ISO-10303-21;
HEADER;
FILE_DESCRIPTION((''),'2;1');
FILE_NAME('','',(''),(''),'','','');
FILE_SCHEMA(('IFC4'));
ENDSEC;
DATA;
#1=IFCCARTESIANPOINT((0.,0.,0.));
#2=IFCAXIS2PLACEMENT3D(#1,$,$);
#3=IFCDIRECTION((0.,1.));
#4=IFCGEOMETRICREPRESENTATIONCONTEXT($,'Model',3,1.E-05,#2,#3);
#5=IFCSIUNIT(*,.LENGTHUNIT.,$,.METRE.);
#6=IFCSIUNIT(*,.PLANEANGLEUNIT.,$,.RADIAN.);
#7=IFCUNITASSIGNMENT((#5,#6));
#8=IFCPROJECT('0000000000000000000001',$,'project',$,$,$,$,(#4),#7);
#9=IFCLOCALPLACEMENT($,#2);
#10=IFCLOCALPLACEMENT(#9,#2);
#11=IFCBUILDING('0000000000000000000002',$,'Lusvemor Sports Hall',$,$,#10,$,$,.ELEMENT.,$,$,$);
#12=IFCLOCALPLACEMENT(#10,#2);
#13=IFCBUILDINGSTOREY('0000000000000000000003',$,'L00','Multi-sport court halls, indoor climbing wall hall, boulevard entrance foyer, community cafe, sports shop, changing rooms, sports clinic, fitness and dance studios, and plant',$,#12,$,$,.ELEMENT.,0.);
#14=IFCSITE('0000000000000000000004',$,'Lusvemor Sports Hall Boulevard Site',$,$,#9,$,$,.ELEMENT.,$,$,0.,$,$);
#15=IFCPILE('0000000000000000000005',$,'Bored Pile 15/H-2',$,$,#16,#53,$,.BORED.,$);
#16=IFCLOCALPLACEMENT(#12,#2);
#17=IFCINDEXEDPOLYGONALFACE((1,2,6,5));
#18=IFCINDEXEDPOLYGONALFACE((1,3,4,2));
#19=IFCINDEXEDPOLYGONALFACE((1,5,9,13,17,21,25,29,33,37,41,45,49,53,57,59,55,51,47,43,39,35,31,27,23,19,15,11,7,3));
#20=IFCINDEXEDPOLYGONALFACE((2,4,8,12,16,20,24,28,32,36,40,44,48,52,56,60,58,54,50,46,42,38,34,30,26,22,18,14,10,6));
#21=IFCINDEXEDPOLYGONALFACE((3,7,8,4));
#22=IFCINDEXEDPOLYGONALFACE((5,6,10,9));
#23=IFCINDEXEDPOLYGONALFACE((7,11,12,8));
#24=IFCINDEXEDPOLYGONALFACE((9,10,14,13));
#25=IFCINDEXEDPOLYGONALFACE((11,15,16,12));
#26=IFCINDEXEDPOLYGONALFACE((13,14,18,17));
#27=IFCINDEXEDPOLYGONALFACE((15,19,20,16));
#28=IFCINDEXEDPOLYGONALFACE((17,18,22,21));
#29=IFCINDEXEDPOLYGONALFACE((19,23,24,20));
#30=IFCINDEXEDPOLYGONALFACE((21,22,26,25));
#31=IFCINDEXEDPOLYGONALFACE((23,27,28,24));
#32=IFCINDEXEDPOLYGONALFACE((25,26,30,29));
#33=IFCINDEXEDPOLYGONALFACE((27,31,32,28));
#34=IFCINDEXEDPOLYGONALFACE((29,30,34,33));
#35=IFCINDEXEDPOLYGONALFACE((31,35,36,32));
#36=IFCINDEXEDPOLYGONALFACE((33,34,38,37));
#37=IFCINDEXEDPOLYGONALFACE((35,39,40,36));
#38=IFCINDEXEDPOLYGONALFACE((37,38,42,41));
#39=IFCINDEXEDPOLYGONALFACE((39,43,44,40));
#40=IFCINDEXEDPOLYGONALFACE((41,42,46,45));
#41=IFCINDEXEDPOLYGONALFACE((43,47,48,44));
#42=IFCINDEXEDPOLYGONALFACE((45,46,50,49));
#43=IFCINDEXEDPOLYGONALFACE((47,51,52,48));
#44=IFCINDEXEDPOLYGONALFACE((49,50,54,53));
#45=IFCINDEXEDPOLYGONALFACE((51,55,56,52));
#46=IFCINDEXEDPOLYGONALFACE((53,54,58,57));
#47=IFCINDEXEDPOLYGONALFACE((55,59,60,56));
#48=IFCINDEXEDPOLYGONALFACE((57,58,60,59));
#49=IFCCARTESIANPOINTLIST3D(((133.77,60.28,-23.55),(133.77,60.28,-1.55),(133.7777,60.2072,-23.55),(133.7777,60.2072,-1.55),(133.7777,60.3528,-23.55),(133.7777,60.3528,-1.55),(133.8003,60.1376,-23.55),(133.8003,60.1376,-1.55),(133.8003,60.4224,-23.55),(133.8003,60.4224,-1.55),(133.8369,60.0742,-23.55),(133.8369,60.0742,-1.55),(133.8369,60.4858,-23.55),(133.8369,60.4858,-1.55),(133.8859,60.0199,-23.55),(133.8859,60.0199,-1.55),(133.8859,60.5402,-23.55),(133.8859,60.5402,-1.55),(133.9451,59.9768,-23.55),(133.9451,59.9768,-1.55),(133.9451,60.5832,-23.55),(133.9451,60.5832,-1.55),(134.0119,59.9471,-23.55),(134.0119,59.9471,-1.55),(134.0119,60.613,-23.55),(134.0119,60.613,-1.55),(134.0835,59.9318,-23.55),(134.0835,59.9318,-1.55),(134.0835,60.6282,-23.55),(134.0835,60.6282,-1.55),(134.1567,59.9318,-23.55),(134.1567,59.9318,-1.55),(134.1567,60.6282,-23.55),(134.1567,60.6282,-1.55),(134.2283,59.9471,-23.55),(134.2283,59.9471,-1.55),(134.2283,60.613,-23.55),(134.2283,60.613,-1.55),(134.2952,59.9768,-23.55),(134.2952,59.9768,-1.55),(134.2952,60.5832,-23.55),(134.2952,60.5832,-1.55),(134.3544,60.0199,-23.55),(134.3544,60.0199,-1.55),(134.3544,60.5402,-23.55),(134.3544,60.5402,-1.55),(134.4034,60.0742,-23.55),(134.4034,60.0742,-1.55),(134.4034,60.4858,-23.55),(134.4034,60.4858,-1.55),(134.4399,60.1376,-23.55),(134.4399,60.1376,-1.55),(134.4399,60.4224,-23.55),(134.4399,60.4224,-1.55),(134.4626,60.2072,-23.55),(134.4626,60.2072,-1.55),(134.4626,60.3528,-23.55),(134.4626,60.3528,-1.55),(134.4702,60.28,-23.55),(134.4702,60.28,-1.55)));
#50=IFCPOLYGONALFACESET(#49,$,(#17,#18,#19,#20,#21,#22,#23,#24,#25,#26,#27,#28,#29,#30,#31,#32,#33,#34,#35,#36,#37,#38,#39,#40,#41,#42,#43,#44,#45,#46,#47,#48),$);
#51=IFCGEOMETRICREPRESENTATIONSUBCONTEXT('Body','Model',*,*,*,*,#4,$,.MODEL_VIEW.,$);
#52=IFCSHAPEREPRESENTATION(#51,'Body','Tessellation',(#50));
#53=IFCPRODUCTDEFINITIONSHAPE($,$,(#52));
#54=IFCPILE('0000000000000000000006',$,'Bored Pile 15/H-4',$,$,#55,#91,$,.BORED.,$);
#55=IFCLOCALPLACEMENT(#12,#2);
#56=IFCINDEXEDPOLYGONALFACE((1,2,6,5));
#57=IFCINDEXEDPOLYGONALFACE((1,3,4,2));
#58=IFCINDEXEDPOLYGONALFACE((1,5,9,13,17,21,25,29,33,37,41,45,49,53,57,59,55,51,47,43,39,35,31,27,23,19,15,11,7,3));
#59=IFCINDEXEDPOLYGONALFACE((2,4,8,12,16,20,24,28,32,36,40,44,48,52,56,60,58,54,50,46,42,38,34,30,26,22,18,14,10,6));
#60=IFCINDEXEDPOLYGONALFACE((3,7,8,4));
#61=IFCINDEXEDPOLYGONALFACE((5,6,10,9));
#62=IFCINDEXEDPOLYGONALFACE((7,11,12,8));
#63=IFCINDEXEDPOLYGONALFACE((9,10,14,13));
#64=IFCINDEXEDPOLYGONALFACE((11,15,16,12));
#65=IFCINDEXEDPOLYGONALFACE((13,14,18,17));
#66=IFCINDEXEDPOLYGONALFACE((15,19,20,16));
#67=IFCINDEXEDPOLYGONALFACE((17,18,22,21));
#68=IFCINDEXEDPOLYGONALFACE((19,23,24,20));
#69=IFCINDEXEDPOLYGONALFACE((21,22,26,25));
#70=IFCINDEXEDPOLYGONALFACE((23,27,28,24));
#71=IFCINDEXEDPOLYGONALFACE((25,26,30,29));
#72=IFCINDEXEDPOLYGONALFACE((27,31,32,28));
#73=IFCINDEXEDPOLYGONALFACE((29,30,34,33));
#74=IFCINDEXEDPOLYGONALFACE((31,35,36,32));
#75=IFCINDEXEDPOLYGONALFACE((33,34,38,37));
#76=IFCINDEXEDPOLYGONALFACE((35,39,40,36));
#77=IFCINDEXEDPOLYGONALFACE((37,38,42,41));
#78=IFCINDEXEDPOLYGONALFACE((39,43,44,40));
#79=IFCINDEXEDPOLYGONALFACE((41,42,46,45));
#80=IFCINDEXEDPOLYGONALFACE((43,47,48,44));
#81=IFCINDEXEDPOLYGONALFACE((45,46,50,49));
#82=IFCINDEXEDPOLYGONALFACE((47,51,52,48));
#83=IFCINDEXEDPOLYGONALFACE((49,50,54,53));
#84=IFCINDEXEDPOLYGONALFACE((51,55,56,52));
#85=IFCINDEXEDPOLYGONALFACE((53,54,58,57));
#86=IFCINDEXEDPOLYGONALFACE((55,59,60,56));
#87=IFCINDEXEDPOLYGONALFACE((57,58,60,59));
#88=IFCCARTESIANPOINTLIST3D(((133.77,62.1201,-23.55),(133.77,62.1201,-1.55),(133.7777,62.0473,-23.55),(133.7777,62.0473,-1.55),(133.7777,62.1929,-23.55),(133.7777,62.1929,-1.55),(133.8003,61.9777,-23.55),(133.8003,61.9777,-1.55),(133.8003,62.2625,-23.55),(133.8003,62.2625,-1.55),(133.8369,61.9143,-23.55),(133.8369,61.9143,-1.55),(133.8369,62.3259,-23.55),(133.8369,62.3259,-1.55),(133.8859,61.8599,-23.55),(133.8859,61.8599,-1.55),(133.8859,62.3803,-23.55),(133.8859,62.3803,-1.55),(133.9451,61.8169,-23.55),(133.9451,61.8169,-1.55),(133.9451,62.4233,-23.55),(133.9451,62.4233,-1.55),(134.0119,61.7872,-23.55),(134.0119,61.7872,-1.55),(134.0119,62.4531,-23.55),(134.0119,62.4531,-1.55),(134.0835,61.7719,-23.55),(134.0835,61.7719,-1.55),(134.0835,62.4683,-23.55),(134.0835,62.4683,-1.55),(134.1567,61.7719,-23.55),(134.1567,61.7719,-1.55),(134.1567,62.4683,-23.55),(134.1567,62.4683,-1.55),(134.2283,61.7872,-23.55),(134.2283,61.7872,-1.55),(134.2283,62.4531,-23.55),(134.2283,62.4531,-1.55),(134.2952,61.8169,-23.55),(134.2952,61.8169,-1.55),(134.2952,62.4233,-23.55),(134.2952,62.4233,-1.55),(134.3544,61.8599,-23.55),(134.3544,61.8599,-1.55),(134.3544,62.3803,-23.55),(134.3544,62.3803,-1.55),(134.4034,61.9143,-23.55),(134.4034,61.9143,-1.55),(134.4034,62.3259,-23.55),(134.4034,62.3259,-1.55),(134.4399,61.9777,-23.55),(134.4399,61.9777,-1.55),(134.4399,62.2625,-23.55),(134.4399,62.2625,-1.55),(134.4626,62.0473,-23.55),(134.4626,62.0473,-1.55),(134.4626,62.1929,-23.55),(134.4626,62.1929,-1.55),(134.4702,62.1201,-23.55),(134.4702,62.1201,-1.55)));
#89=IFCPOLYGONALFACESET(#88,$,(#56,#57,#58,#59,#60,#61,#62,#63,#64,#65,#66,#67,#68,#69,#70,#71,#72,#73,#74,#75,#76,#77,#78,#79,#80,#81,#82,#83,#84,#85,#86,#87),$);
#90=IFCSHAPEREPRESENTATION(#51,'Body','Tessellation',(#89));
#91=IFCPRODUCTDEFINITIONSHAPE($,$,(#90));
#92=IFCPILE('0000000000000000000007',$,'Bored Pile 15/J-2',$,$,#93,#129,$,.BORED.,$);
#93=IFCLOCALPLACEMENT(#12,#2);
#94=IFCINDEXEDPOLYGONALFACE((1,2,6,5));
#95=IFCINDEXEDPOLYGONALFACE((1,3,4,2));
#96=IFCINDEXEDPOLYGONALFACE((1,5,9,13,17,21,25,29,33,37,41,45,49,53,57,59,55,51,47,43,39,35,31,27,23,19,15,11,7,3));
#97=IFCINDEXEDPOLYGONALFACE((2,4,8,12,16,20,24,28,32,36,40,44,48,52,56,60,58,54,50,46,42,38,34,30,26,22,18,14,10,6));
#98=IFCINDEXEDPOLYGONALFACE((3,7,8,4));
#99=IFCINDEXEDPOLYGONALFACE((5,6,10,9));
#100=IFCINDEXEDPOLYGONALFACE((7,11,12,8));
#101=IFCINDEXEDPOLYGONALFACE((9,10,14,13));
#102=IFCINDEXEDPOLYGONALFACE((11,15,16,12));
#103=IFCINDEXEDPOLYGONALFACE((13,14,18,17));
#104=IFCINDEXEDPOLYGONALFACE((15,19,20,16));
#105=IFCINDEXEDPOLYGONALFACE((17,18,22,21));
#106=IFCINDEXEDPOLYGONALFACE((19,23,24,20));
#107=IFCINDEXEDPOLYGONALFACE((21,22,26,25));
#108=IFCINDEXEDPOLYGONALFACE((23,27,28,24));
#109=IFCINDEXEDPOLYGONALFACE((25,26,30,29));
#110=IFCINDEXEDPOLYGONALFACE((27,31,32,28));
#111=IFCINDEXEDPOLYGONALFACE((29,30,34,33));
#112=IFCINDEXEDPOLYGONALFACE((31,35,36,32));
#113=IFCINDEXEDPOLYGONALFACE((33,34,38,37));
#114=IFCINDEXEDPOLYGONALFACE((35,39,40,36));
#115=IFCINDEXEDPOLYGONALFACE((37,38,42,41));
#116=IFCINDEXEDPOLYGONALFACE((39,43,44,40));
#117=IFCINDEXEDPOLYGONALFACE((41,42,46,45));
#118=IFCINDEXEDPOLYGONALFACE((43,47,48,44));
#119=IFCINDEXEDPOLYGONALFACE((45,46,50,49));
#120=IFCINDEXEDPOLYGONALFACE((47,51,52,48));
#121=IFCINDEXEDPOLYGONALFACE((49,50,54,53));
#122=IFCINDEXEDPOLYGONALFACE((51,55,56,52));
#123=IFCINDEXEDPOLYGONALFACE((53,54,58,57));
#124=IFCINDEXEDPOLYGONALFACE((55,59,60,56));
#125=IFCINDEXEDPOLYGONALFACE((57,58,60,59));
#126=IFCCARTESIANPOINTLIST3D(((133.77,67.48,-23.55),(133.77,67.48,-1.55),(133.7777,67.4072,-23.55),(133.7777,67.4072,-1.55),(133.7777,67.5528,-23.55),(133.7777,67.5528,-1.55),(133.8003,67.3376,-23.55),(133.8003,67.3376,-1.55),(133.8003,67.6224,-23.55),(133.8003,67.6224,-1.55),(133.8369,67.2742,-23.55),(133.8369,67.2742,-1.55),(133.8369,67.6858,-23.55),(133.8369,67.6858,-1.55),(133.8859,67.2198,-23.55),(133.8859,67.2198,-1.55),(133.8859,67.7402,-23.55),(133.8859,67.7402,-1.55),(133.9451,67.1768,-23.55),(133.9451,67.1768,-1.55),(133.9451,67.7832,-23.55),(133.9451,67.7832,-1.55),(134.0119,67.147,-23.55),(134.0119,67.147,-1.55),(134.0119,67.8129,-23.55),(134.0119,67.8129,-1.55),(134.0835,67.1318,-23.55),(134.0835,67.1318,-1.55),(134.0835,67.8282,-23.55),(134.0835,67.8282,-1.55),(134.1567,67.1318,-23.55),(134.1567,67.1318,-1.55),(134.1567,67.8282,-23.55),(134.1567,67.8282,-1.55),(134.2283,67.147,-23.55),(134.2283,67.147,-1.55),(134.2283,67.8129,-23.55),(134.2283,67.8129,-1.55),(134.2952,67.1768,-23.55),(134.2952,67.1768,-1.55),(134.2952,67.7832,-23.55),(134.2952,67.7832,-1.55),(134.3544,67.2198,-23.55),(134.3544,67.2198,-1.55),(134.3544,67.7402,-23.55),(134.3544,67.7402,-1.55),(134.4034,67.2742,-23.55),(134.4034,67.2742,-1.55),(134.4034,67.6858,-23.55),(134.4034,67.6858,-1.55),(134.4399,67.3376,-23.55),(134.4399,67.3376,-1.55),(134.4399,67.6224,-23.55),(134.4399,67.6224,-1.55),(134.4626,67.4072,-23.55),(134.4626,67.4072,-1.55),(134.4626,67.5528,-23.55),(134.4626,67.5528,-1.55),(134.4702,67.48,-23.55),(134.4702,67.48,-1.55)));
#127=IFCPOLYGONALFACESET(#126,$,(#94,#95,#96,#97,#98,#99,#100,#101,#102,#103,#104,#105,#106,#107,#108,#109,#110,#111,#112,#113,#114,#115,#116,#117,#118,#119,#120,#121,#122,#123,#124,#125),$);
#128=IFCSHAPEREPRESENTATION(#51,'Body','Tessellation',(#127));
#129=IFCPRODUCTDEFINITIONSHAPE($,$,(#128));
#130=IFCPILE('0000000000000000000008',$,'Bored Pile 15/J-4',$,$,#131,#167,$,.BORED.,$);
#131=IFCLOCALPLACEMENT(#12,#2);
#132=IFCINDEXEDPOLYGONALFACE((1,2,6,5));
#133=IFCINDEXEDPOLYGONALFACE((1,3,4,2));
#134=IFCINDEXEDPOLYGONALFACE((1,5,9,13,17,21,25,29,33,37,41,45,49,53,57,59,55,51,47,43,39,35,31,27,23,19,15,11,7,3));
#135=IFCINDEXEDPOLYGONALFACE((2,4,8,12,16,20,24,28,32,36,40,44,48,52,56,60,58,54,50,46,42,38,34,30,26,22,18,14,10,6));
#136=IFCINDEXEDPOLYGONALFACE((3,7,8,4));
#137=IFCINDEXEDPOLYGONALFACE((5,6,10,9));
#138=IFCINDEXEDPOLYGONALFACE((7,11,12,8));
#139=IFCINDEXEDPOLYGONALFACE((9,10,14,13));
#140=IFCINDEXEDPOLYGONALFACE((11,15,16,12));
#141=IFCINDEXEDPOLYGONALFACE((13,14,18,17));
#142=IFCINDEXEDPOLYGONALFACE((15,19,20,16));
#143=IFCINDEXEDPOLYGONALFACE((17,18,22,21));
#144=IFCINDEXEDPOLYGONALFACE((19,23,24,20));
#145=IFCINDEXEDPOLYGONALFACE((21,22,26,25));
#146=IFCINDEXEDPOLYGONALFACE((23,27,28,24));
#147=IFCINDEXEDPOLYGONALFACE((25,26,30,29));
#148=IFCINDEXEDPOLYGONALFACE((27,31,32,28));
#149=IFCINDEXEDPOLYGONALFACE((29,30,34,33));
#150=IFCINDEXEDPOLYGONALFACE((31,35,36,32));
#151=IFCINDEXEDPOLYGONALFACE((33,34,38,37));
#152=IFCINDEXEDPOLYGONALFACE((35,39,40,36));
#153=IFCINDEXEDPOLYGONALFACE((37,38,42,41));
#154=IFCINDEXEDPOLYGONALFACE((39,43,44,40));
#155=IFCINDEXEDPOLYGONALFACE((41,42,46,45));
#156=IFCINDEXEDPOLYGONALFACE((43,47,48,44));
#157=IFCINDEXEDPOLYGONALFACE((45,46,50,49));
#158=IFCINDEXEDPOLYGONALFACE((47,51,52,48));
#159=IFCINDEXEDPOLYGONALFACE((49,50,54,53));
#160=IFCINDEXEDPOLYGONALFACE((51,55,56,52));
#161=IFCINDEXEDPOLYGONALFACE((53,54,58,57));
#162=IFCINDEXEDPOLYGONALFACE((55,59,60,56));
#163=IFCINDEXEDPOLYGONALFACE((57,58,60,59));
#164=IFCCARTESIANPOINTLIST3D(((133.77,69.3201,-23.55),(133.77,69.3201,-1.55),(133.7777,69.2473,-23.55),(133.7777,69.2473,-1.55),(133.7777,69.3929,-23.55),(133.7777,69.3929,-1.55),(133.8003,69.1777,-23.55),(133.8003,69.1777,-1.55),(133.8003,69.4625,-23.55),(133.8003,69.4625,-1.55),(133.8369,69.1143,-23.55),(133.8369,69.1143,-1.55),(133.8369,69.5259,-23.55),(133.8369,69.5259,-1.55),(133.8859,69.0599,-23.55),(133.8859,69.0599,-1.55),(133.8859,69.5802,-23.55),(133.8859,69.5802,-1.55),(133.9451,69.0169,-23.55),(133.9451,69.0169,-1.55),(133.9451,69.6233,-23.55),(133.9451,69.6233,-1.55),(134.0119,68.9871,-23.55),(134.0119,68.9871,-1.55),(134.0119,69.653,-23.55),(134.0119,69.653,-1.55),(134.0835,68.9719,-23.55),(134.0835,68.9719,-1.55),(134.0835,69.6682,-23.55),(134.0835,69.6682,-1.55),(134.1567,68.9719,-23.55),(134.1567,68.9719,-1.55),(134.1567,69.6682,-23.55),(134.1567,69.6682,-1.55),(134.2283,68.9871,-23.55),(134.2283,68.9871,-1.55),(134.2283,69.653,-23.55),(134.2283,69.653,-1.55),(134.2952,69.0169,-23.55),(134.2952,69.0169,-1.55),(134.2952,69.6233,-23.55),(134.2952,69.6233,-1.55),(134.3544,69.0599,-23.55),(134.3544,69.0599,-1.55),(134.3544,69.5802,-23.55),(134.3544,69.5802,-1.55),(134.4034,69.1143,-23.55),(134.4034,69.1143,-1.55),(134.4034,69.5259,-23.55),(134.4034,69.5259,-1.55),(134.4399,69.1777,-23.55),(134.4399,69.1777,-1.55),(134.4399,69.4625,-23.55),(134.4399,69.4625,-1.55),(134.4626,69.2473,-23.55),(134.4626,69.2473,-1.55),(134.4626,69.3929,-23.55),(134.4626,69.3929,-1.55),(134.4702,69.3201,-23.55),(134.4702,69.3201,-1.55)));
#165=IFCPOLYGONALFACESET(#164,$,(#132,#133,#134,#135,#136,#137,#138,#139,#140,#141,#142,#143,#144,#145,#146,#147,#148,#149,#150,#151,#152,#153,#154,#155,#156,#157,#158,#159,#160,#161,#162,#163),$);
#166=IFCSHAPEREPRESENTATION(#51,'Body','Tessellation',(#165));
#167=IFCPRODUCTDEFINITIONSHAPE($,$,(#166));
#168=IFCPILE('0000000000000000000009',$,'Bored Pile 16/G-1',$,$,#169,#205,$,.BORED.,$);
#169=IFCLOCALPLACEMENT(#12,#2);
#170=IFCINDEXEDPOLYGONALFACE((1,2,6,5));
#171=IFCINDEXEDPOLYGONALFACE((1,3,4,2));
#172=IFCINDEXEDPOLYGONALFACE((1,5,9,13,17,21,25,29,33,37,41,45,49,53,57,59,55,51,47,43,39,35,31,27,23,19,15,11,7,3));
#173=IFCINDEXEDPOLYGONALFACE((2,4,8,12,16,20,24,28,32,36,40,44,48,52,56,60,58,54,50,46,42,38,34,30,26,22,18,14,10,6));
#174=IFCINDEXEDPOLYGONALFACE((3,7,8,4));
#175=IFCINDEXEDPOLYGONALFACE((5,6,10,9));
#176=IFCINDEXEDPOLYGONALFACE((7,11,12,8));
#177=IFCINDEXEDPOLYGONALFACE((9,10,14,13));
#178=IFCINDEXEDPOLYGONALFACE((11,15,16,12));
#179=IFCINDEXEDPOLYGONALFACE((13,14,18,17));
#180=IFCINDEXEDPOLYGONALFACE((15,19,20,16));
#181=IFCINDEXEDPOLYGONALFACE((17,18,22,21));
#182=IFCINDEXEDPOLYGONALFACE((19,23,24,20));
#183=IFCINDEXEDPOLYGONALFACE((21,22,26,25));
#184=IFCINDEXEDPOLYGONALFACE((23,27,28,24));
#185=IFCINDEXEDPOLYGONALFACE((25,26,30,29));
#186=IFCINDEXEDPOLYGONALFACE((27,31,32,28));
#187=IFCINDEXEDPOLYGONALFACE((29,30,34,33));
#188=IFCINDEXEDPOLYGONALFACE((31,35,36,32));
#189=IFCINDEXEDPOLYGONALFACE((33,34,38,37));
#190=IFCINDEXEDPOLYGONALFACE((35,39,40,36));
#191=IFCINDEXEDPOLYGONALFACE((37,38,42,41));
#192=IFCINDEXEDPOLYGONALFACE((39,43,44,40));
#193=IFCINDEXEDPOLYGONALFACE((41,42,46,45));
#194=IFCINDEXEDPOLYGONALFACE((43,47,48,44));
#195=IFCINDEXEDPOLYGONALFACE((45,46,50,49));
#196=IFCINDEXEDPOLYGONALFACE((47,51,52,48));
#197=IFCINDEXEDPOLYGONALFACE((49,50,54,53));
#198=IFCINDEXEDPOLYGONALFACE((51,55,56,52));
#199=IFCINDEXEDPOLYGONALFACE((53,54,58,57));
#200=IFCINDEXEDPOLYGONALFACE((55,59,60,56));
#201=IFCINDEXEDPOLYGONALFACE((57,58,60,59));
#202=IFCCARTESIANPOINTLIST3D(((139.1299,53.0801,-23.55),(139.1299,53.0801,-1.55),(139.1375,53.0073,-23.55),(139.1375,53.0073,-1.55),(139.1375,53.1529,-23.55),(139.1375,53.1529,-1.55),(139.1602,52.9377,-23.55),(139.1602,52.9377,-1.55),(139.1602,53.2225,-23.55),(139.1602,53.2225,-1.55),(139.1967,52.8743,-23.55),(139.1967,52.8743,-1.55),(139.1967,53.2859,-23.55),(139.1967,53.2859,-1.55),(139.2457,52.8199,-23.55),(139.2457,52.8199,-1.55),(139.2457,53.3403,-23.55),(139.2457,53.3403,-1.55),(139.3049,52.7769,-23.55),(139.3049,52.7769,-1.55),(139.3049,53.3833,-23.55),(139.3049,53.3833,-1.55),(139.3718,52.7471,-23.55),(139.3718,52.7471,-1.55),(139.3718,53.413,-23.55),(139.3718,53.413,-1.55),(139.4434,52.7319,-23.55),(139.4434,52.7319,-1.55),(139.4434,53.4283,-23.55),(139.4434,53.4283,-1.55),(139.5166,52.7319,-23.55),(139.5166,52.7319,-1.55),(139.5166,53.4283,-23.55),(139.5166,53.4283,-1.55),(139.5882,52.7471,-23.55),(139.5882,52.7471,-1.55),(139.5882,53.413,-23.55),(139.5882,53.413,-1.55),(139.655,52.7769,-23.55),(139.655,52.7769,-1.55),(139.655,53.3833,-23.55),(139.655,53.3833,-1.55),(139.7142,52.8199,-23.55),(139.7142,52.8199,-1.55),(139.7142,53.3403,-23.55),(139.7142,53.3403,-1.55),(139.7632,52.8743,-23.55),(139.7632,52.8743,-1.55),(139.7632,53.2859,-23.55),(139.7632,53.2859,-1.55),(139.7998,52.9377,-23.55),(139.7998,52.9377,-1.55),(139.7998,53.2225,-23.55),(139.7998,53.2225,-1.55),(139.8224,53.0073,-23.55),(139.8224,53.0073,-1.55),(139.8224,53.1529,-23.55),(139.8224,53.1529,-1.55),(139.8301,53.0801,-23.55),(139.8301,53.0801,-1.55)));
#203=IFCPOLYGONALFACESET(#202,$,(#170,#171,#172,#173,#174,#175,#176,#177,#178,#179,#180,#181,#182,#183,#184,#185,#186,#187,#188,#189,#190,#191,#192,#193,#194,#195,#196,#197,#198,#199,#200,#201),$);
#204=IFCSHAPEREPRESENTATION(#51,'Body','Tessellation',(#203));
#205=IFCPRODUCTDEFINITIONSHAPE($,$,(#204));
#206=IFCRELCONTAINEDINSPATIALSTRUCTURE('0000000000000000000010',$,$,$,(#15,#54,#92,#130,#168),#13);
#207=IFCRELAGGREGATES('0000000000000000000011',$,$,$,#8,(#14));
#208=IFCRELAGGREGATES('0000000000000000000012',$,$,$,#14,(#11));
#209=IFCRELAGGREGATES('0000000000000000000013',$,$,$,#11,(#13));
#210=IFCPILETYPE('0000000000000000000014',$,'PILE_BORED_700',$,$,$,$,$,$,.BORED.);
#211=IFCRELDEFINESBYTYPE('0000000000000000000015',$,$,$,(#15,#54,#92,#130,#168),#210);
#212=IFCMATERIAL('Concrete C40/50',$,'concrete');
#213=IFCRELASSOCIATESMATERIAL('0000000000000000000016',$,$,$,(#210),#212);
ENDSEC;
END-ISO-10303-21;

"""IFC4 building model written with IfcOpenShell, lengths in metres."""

from ifc_helpers import new_model, si_unit, direction, frame, origin, origin_2d, place, context, subcontext, project, spatial, circle, extrude, material, material_profile, profile_set, type_object, element, save


model = new_model("IFC4")

# Units and contexts
model_context = context("Model", 3, precision=1e-05, world=origin(), true_north=direction((0.0, 1.0)))
body_context = subcontext(model_context, "Body", "Model", "MODEL_VIEW")
ifc_project = project(units=[si_unit("LENGTHUNIT", "METRE"), si_unit("PLANEANGLEUNIT", "RADIAN")], contexts=[model_context])

# Site, building, storey
site_placement = place(None, origin())
site = spatial("IfcSite", under=ifc_project, at=site_placement, Name="Lusvemor Sports Hall Boulevard Site", CompositionType="ELEMENT", RefElevation=0.0)
building_placement = place(site_placement, origin())
building = spatial("IfcBuilding", under=site, at=building_placement, Name="Lusvemor Sports Hall", CompositionType="ELEMENT")
storey_placement = place(building_placement, origin())
storey = spatial("IfcBuildingStorey", under=building, at=storey_placement, Name="L00", Description="Multi-sport court halls, indoor climbing wall hall, boulevard entrance foyer, community cafe, sports shop, changing rooms, sports clinic, fitness and dance studios, and plant", CompositionType="ELEMENT", Elevation=0.0)

# Piles
ifc_material_1 = material(Name="Concrete C40/50", Category="concrete")
ifc_material_profile_1 = material_profile(ifc_material_1, circle(Radius=0.3501, at=origin_2d()), Name="PILE700")
ifc_profile_set_1 = profile_set([ifc_material_profile_1], Name="Concrete C40/50")
pile_type = type_object("IfcPileType", Name="PILE_BORED_700", PredefinedType="BORED", material=ifc_profile_set_1)
for number, where, z_axis, x_axis, name in (
    (1, (134.1201, 60.28, -1.55), (0.0, 0.0, -1.0), (1.0, 0.0, 0.0), "Bored Pile 15/H-2"),
    (2, (134.1201, 62.1201, -1.55), (0.0, 0.0, -1.0), (1.0, 0.0, 0.0), "Bored Pile 15/H-4"),
    (3, (134.1201, 67.48, -1.55), (0.0, 0.0, -1.0), (1.0, 0.0, 0.0), "Bored Pile 15/J-2"),
    (4, (134.1201, 69.3201, -1.55), (0.0, 0.0, -1.0), (1.0, 0.0, 0.0), "Bored Pile 15/J-4"),
    (5, (139.48, 53.0801, -1.55), (0.0, 0.0, -1.0), (1.0, 0.0, 0.0), "Bored Pile 16/G-1"),
):
    element("IfcPile", number, at=place(storey_placement, frame(where, z_axis=z_axis, x_axis=x_axis)), inside=storey, type_object=pile_type, Name=name, PredefinedType="BORED", context=body_context, shape_type="SweptSolid", body=[
        extrude(circle(Radius=0.3501, at=origin_2d()), origin(), (0.0, 0.0, 1.0), 22.0),
    ])

save(model, "model.ifc")
